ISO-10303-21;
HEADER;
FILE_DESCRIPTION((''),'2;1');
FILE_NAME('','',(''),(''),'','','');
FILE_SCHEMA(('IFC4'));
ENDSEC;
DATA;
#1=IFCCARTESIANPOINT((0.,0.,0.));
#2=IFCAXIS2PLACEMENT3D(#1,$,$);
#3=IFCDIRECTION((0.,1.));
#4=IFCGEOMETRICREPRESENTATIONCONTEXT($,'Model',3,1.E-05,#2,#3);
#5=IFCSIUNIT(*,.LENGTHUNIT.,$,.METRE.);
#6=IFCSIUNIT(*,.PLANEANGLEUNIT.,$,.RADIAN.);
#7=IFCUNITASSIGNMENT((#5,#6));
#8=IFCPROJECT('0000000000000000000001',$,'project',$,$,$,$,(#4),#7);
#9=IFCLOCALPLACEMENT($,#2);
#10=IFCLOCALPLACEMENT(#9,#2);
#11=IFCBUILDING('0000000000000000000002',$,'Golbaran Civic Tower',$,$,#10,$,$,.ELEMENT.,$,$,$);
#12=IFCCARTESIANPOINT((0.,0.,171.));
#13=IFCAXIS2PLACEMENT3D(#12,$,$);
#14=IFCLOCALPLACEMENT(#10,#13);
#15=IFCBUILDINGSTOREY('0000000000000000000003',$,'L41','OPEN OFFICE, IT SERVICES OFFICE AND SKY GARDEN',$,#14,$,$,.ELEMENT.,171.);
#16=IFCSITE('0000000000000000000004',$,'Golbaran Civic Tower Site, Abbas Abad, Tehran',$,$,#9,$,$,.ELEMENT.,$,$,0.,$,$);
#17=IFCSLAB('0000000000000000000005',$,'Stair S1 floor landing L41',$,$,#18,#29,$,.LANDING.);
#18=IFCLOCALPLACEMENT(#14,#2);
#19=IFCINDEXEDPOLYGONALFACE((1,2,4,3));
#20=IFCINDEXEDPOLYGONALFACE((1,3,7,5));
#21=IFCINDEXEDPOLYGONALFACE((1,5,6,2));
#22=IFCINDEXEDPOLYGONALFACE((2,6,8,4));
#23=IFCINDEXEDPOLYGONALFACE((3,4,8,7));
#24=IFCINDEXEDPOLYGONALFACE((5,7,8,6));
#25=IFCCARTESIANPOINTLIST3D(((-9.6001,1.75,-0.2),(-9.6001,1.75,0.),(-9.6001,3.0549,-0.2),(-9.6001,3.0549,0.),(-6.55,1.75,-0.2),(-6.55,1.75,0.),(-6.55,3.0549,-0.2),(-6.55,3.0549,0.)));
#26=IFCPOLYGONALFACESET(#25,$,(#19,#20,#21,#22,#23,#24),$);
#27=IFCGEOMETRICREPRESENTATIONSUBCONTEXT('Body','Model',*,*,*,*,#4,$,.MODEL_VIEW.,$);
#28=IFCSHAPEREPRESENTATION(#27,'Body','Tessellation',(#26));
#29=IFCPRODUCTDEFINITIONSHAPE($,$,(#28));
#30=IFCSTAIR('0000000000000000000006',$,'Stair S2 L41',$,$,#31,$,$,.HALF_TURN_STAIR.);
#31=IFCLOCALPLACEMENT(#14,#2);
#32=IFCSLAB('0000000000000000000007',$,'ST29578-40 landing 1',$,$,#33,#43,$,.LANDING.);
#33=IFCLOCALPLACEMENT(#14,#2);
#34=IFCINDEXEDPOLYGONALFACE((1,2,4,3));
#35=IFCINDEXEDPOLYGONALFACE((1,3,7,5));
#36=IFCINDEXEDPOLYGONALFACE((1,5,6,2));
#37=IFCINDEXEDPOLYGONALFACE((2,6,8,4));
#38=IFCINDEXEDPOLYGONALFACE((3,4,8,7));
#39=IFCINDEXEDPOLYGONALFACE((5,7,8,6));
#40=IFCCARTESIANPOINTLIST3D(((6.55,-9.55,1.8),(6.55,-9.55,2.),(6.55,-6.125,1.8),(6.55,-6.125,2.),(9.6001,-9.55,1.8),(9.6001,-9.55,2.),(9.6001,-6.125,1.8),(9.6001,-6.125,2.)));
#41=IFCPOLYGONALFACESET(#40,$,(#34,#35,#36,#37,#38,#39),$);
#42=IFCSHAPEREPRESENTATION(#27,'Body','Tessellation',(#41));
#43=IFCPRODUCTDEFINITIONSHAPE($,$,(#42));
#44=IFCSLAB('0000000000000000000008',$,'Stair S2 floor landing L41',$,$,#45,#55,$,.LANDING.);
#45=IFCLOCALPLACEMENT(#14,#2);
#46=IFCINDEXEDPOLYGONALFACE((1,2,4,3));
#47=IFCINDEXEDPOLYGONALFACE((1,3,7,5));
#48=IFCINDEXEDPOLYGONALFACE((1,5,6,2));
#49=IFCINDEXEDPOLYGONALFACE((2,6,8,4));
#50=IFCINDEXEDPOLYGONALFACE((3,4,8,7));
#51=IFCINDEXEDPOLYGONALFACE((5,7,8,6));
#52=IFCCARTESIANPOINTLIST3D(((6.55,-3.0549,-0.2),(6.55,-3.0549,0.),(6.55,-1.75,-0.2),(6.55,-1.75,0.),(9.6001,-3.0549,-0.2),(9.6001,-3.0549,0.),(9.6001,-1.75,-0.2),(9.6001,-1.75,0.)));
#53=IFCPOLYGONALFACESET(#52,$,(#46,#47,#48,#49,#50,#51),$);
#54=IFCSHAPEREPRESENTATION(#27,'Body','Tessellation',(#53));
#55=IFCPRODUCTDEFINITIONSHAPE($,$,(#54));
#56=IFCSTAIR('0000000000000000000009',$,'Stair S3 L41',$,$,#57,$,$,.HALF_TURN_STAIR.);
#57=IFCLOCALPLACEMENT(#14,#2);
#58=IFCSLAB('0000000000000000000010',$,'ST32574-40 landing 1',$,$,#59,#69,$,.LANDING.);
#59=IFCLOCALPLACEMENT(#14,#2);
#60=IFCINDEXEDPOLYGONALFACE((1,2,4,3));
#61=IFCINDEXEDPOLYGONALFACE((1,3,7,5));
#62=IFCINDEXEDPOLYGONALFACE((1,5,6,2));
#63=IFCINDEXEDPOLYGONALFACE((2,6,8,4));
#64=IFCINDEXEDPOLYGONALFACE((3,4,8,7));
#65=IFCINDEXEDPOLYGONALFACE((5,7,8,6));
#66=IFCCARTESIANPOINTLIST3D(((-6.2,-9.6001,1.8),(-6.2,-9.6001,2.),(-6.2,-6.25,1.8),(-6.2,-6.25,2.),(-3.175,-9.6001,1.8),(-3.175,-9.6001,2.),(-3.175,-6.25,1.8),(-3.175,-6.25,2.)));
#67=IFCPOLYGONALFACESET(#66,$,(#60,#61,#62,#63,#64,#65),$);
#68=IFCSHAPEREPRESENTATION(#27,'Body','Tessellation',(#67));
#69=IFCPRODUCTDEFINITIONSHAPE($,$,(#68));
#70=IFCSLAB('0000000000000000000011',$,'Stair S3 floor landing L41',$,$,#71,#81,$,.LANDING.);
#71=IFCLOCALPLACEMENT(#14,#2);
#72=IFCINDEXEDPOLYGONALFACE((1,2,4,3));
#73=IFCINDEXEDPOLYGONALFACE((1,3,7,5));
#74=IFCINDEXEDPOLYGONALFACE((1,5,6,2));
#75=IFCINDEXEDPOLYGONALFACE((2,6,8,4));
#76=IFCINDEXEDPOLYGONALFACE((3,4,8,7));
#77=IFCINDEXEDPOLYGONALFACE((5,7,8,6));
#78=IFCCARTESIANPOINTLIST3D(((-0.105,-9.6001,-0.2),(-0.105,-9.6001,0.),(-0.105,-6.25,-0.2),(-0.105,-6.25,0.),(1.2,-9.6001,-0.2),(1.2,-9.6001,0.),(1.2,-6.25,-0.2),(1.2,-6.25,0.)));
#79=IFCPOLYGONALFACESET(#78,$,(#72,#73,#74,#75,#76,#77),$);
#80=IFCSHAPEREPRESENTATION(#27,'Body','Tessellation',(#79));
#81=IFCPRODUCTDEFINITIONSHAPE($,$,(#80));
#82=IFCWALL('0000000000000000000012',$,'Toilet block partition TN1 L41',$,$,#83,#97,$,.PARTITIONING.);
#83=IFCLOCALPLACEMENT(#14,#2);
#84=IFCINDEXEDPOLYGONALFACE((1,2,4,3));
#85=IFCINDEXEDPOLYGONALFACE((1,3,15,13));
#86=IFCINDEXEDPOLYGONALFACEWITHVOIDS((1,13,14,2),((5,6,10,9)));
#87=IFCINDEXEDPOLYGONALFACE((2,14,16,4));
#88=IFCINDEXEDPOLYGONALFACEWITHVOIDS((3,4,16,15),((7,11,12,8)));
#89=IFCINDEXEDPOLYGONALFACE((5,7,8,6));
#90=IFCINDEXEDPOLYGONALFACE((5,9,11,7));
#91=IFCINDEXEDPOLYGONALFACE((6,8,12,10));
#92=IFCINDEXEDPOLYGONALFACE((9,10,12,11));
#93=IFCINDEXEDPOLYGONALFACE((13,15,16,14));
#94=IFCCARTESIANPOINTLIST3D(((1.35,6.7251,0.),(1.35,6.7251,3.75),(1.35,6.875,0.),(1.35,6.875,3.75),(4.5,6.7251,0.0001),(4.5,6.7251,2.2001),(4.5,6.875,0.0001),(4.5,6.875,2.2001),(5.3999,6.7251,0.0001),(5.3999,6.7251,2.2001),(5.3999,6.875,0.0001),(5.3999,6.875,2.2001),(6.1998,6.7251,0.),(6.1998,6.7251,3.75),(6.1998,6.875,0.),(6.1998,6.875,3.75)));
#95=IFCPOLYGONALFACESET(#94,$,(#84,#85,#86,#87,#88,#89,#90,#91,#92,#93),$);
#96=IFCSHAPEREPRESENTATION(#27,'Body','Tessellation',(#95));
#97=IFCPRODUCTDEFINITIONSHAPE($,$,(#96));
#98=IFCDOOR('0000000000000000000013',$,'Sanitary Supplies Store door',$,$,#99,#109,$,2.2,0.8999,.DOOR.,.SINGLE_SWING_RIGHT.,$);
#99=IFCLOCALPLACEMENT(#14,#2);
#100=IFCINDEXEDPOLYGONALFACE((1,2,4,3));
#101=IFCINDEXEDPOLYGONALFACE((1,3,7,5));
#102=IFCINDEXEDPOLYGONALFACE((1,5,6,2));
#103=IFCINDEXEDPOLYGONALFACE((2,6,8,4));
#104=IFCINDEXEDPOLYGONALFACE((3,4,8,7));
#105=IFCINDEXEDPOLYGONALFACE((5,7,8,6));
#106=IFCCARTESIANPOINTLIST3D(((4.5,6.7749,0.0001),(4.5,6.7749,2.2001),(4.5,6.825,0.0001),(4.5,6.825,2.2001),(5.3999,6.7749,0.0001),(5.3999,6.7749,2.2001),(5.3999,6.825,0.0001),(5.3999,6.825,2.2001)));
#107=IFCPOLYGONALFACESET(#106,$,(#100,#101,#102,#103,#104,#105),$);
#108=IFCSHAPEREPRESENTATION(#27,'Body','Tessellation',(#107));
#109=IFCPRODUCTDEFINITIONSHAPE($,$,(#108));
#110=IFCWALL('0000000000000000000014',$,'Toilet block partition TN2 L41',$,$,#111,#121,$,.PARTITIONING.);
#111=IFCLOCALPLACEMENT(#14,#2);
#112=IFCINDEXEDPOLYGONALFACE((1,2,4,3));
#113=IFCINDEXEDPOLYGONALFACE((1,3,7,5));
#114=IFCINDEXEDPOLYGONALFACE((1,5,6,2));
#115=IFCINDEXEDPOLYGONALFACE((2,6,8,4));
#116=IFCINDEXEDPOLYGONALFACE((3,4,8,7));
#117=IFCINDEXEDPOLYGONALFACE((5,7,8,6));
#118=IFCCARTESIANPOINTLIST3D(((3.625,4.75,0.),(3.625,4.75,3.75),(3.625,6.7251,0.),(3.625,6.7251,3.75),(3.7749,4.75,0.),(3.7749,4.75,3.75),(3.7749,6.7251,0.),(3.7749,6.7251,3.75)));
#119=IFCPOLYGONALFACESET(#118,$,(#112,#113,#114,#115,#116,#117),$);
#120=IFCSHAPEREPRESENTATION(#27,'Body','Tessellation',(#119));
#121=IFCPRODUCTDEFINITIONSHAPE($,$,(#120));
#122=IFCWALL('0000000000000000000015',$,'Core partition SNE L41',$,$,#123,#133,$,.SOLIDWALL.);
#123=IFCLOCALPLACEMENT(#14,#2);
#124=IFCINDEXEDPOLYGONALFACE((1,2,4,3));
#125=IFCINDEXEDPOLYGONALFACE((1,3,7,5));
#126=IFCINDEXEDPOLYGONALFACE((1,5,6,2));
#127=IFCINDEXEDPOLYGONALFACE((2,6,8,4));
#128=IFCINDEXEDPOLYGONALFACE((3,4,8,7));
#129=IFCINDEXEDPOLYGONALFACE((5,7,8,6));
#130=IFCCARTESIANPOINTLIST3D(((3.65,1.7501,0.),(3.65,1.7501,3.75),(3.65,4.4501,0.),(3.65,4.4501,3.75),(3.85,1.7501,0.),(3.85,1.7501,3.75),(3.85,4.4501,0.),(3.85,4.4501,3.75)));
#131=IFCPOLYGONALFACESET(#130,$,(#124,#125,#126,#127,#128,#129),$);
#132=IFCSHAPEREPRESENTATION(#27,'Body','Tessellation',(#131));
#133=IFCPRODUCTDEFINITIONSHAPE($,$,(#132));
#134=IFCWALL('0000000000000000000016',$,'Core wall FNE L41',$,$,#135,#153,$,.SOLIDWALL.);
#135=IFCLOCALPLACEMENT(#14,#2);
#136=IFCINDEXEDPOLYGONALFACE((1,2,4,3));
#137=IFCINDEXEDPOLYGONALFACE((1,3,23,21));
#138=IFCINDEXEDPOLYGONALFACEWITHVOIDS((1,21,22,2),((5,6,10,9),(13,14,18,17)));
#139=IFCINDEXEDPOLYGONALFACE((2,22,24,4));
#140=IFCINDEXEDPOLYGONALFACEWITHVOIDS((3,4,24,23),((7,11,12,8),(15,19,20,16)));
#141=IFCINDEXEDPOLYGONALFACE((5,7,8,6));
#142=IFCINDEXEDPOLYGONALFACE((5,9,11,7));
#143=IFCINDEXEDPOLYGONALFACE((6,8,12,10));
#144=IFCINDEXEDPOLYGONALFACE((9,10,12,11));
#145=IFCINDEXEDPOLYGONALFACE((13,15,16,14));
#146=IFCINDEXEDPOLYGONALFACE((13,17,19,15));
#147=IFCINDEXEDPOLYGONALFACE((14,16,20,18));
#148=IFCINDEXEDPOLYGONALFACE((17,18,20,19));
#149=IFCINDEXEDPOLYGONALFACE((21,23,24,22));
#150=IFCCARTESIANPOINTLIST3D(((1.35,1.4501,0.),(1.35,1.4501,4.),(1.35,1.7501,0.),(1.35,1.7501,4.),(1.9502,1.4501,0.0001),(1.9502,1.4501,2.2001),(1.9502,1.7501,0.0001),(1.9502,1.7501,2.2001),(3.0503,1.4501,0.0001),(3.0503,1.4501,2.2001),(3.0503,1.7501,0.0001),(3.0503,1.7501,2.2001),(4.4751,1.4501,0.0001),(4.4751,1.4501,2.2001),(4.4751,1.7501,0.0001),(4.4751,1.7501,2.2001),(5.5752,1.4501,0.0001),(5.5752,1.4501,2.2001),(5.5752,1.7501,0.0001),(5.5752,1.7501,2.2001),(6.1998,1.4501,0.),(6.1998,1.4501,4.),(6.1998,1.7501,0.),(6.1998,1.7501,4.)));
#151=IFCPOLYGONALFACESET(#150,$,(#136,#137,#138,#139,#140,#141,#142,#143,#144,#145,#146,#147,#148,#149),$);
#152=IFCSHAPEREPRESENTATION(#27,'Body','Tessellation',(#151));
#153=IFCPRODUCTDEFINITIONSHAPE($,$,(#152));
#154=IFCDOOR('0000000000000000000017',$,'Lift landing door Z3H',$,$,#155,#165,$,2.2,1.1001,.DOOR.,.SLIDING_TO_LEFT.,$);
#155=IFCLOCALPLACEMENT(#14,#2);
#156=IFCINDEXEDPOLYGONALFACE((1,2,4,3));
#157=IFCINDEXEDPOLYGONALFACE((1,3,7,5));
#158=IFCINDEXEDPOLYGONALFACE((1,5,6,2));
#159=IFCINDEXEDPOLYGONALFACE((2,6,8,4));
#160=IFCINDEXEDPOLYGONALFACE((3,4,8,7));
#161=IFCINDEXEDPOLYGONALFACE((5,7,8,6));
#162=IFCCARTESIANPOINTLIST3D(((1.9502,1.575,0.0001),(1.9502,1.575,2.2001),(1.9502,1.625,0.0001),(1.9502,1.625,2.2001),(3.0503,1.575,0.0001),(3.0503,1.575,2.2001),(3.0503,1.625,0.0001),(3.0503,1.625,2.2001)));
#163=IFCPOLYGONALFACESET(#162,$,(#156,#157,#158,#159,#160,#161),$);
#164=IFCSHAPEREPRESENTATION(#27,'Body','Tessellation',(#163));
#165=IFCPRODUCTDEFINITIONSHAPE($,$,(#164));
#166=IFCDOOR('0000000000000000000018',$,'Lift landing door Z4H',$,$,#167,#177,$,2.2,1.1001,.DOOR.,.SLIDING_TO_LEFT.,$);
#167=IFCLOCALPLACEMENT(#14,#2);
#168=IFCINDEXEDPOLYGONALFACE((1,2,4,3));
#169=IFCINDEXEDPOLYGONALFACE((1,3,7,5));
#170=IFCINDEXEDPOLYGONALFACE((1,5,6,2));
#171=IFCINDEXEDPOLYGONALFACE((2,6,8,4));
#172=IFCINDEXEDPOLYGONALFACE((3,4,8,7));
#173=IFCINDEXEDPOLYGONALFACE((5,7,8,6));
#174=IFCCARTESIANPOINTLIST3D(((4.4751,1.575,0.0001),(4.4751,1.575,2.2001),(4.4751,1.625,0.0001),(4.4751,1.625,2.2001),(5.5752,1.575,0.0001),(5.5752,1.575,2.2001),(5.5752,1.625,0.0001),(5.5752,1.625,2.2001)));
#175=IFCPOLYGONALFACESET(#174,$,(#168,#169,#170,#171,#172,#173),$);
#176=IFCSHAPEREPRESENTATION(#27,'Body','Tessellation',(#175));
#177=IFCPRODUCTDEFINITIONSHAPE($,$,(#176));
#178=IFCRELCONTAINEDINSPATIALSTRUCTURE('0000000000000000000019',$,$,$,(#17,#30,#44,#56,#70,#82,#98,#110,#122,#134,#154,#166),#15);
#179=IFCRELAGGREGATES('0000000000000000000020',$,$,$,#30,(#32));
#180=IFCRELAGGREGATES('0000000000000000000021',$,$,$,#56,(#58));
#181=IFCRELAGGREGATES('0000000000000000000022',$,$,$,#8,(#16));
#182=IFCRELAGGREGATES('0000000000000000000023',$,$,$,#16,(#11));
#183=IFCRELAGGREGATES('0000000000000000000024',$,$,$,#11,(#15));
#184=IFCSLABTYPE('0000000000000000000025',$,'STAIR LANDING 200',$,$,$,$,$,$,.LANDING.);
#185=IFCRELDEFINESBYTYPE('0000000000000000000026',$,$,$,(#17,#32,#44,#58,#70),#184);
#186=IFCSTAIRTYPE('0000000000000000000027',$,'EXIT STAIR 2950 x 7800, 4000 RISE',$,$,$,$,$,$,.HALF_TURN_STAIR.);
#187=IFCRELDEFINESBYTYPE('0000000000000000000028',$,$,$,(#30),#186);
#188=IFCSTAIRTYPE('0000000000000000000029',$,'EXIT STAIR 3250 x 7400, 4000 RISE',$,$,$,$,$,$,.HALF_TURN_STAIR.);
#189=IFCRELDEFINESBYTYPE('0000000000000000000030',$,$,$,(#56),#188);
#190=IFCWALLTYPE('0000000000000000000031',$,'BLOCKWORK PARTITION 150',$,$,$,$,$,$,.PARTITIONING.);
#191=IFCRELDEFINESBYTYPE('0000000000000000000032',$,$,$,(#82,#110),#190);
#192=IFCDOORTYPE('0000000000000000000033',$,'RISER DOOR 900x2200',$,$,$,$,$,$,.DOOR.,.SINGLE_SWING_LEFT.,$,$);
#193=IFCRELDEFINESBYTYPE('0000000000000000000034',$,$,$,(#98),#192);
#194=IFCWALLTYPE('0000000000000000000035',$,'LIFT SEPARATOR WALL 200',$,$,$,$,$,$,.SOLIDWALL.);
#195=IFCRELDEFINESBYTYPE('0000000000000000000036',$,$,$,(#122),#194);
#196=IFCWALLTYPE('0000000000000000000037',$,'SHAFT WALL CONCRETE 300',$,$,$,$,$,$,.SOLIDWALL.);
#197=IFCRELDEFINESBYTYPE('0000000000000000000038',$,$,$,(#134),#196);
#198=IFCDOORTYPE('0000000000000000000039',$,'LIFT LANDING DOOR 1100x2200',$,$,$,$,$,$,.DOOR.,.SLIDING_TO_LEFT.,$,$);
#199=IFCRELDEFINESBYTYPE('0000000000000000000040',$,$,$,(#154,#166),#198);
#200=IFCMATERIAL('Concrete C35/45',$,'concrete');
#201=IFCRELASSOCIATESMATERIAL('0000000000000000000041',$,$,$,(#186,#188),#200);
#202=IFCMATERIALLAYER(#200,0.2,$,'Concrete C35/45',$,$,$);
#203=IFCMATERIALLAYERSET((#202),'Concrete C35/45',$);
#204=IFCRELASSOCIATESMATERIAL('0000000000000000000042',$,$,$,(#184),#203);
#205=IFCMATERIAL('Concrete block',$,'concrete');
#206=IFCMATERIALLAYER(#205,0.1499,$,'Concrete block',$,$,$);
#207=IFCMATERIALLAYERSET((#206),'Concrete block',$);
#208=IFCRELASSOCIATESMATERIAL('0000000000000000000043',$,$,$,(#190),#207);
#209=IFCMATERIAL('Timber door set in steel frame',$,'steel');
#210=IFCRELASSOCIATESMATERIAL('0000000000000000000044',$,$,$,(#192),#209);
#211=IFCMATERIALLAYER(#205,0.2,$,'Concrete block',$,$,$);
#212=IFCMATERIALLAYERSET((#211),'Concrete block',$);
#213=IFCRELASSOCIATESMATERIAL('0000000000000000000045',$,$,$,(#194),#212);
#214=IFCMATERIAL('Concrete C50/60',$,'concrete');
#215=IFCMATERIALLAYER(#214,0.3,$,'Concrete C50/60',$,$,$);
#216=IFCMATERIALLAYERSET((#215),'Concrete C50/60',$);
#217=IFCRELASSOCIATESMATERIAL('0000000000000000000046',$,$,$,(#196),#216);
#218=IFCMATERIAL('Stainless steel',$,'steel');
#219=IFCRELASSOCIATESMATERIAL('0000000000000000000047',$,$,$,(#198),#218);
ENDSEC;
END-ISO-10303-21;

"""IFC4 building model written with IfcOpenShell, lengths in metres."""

from ifc_helpers import new_model, si_unit, direction, frame, frame_2d, origin, place, context, subcontext, project, spatial, polyline, rectangle, outline, extrude, material, layer, layer_set, type_object, element, fill, aggregate, save


model = new_model("IFC4")

# Units and contexts
model_context = context("Model", 3, precision=1e-05, world=origin(), true_north=direction((0.0, 1.0)))
body_context = subcontext(model_context, "Body", "Model", "MODEL_VIEW")
ifc_project = project(units=[si_unit("LENGTHUNIT", "METRE"), si_unit("PLANEANGLEUNIT", "RADIAN")], contexts=[model_context])

# Site, building, storey
site_placement = place(None, origin())
site = spatial("IfcSite", under=ifc_project, at=site_placement, Name="Golbaran Civic Tower Site, Abbas Abad, Tehran", CompositionType="ELEMENT", RefElevation=0.0)
building_placement = place(site_placement, origin())
building = spatial("IfcBuilding", under=site, at=building_placement, Name="Golbaran Civic Tower", CompositionType="ELEMENT")
storey_placement = place(building_placement, frame((0.0, 0.0, 171.0)))
storey = spatial("IfcBuildingStorey", under=building, at=storey_placement, Name="L41", Description="OPEN OFFICE, IT SERVICES OFFICE AND SKY GARDEN", CompositionType="ELEMENT", Elevation=171.0)

# Shared definitions
ifc_material_1 = material(Name="Concrete C35/45", Category="concrete")

# Shared definitions
stair_type_1 = type_object("IfcStairType", Name="EXIT STAIR 2950 x 7800, 4000 RISE", PredefinedType="HALF_TURN_STAIR", material=ifc_material_1)
ifc_layer_1 = layer(ifc_material_1, 0.2, Name="Concrete C35/45")
ifc_layer_set_1 = layer_set([ifc_layer_1], Name="Concrete C35/45")
slab_type_1 = type_object("IfcSlabType", Name="STAIR LANDING 200", PredefinedType="LANDING", material=ifc_layer_set_1)

# Slab
slab_1_placement = place(storey_placement, frame((0.0, 0.0, -0.2)))
element("IfcSlab", 1, at=slab_1_placement, inside=storey, type_object=slab_type_1, Name="Stair S1 floor landing L41", PredefinedType="LANDING", context=body_context, shape_type="SweptSolid", body=[
    extrude(outline(polyline([(-9.6001, 1.75), (-9.6001, 3.0549), (-6.55, 3.0549), (-6.55, 1.75), (-9.6001, 1.75)])), origin(), (0.0, 0.0, 1.0), 0.2),
])

# Stair, slab
stair_1_placement = place(storey_placement, origin())
stair_1 = element("IfcStair", 2, at=stair_1_placement, inside=storey, type_object=stair_type_1, Name="Stair S2 L41", PredefinedType="HALF_TURN_STAIR")
slab_2_placement = place(storey_placement, frame((0.0, 0.0, 1.8)))
slab_2 = element("IfcSlab", 3, at=slab_2_placement, type_object=slab_type_1, Name="ST29578-40 landing 1", PredefinedType="LANDING", context=body_context, shape_type="SweptSolid", body=[
    extrude(outline(polyline([(9.6001, -6.125), (9.6001, -9.55), (6.55, -9.55), (6.55, -6.125), (9.6001, -6.125)])), origin(), (0.0, 0.0, 1.0), 0.2),
])
aggregate(stair_1, [slab_2])

# Slab
slab_3_placement = place(storey_placement, frame((0.0, 0.0, -0.2)))
element("IfcSlab", 4, at=slab_3_placement, inside=storey, type_object=slab_type_1, Name="Stair S2 floor landing L41", PredefinedType="LANDING", context=body_context, shape_type="SweptSolid", body=[
    extrude(outline(polyline([(9.6001, -1.75), (9.6001, -3.0549), (6.55, -3.0549), (6.55, -1.75), (9.6001, -1.75)])), origin(), (0.0, 0.0, 1.0), 0.2),
])

# Stair, slab
stair_type_2 = type_object("IfcStairType", Name="EXIT STAIR 3250 x 7400, 4000 RISE", PredefinedType="HALF_TURN_STAIR", material=ifc_material_1)
stair_2_placement = place(storey_placement, origin())
stair_2 = element("IfcStair", 5, at=stair_2_placement, inside=storey, type_object=stair_type_2, Name="Stair S3 L41", PredefinedType="HALF_TURN_STAIR")
slab_4_placement = place(storey_placement, frame((0.0, 0.0, 1.8)))
slab_4 = element("IfcSlab", 6, at=slab_4_placement, type_object=slab_type_1, Name="ST32574-40 landing 1", PredefinedType="LANDING", context=body_context, shape_type="SweptSolid", body=[
    extrude(outline(polyline([(-3.175, -9.6001), (-6.2, -9.6001), (-6.2, -6.25), (-3.175, -6.25), (-3.175, -9.6001)])), origin(), (0.0, 0.0, 1.0), 0.2),
])
aggregate(stair_2, [slab_4])

# Slab
slab_5_placement = place(storey_placement, frame((0.0, 0.0, -0.2)))
element("IfcSlab", 7, at=slab_5_placement, inside=storey, type_object=slab_type_1, Name="Stair S3 floor landing L41", PredefinedType="LANDING", context=body_context, shape_type="SweptSolid", body=[
    extrude(outline(polyline([(1.2, -9.6001), (-0.105, -9.6001), (-0.105, -6.25), (1.2, -6.25), (1.2, -9.6001)])), origin(), (0.0, 0.0, 1.0), 0.2),
])

# Wall, opening, door
ifc_material_2 = material(Name="Concrete block", Category="concrete")
ifc_layer_2 = layer(ifc_material_2, 0.1499, Name="Concrete block")
ifc_layer_set_2 = layer_set([ifc_layer_2], Name="Concrete block")
wall_type_1 = type_object("IfcWallType", Name="BLOCKWORK PARTITION 150", PredefinedType="PARTITIONING", material=ifc_layer_set_2)
wall_1_placement = place(storey_placement, frame((1.3501, 6.8, 0.0), z_axis=(0.0, 0.0, 1.0), x_axis=(1.0, 0.0, 0.0)))
wall_1 = element("IfcWall", 8, at=wall_1_placement, inside=storey, type_object=wall_type_1, Name="Toilet block partition TN1 L41", PredefinedType="PARTITIONING", context=body_context, shape_type="SweptSolid", body=[
    extrude(rectangle(XDim=4.8499, YDim=0.1499, at=frame_2d((2.4248, 0.0))), origin(), (0.0, 0.0, 1.0), 3.75),
])
opening_1_placement = place(wall_1_placement, frame((3.1499, 0.0, 0.0)))
opening_1 = element("IfcOpeningElement", 9, at=opening_1_placement, cuts=wall_1, PredefinedType="OPENING", context=body_context, shape_type="SweptSolid", body=[
    extrude(rectangle(XDim=0.8999, YDim=2.2, at=frame_2d((0.45, 1.1001))), frame((0.0, 0.085, 0.0), z_axis=(0.0, -1.0, 0.0), x_axis=(1.0, 0.0, 0.0)), (0.0, 0.0, 1.0), 0.1699),
])
ifc_material_3 = material(Name="Timber door set in steel frame", Category="steel")
door_type_1 = type_object("IfcDoorType", Name="RISER DOOR 900x2200", OperationType="SINGLE_SWING_LEFT", PredefinedType="DOOR", material=ifc_material_3)
door_1_placement = place(opening_1_placement, origin())
door_1 = element("IfcDoor", 10, at=door_1_placement, inside=storey, type_object=door_type_1, Name="Sanitary Supplies Store door", OperationType="SINGLE_SWING_RIGHT", OverallHeight=2.2, OverallWidth=0.8999, PredefinedType="DOOR", context=body_context, shape_type="SweptSolid", body=[
    extrude(rectangle(XDim=0.8999, YDim=2.2, at=frame_2d((0.45, 1.1001))), frame((0.0, 0.0249, 0.0), z_axis=(0.0, -1.0, 0.0), x_axis=(1.0, 0.0, 0.0)), (0.0, 0.0, 1.0), 0.05),
])
fill(opening_1, door_1)

# Walls
wall_2_placement = place(storey_placement, frame((3.7, 4.75, 0.0), z_axis=(0.0, 0.0, 1.0), x_axis=(0.0, 1.0, 0.0)))
element("IfcWall", 11, at=wall_2_placement, inside=storey, type_object=wall_type_1, Name="Toilet block partition TN2 L41", PredefinedType="PARTITIONING", context=body_context, shape_type="SweptSolid", body=[
    extrude(rectangle(XDim=1.9751, YDim=0.1499, at=frame_2d((0.9875, 0.0))), origin(), (0.0, 0.0, 1.0), 3.75),
])
ifc_layer_3 = layer(ifc_material_2, 0.2, Name="Concrete block")
ifc_layer_set_3 = layer_set([ifc_layer_3], Name="Concrete block")
wall_type_2 = type_object("IfcWallType", Name="LIFT SEPARATOR WALL 200", PredefinedType="SOLIDWALL", material=ifc_layer_set_3)
wall_3_placement = place(storey_placement, frame((3.75, 1.75, 0.0), z_axis=(0.0, 0.0, 1.0), x_axis=(0.0, 1.0, 0.0)))
element("IfcWall", 12, at=wall_3_placement, inside=storey, type_object=wall_type_2, Name="Core partition SNE L41", PredefinedType="SOLIDWALL", context=body_context, shape_type="SweptSolid", body=[
    extrude(rectangle(XDim=2.7, YDim=0.2, at=frame_2d((1.3501, 0.0))), origin(), (0.0, 0.0, 1.0), 3.75),
])

# Wall, openings, doors
ifc_material_4 = material(Name="Concrete C50/60", Category="concrete")
ifc_layer_4 = layer(ifc_material_4, 0.3, Name="Concrete C50/60")
ifc_layer_set_4 = layer_set([ifc_layer_4], Name="Concrete C50/60")
wall_type_3 = type_object("IfcWallType", Name="SHAFT WALL CONCRETE 300", PredefinedType="SOLIDWALL", material=ifc_layer_set_4)
wall_4_placement = place(storey_placement, frame((1.3501, 1.6001, 0.0), z_axis=(0.0, 0.0, 1.0), x_axis=(1.0, 0.0, 0.0)))
wall_4 = element("IfcWall", 13, at=wall_4_placement, inside=storey, type_object=wall_type_3, Name="Core wall FNE L41", PredefinedType="SOLIDWALL", context=body_context, shape_type="SweptSolid", body=[
    extrude(rectangle(XDim=4.8499, YDim=0.3, at=frame_2d((2.4248, 0.0))), origin(), (0.0, 0.0, 1.0), 4.0),
])
opening_2_placement = place(wall_4_placement, frame((0.6001, 0.0, 0.0)))
opening_2 = element("IfcOpeningElement", 14, at=opening_2_placement, cuts=wall_4, PredefinedType="OPENING", context=body_context, shape_type="SweptSolid", body=[
    extrude(rectangle(XDim=1.1001, YDim=2.2, at=frame_2d((0.55, 1.1001))), frame((0.0, 0.1599, 0.0), z_axis=(0.0, -1.0, 0.0), x_axis=(1.0, 0.0, 0.0)), (0.0, 0.0, 1.0), 0.3201),
])
opening_3_placement = place(wall_4_placement, frame((3.125, 0.0, 0.0)))
opening_3 = element("IfcOpeningElement", 15, at=opening_3_placement, cuts=wall_4, PredefinedType="OPENING", context=body_context, shape_type="SweptSolid", body=[
    extrude(rectangle(XDim=1.1001, YDim=2.2, at=frame_2d((0.55, 1.1001))), frame((0.0, 0.1599, 0.0), z_axis=(0.0, -1.0, 0.0), x_axis=(1.0, 0.0, 0.0)), (0.0, 0.0, 1.0), 0.3201),
])
ifc_material_5 = material(Name="Stainless steel", Category="steel")
door_type_2 = type_object("IfcDoorType", Name="LIFT LANDING DOOR 1100x2200", OperationType="SLIDING_TO_LEFT", PredefinedType="DOOR", material=ifc_material_5)
door_2_placement = place(opening_2_placement, origin())
door_2 = element("IfcDoor", 16, at=door_2_placement, inside=storey, type_object=door_type_2, Name="Lift landing door Z3H", OperationType="SLIDING_TO_LEFT", OverallHeight=2.2, OverallWidth=1.1001, PredefinedType="DOOR", context=body_context, shape_type="SweptSolid", body=[
    extrude(rectangle(XDim=1.1001, YDim=2.2, at=frame_2d((0.55, 1.1001))), frame((0.0, 0.0249, 0.0), z_axis=(0.0, -1.0, 0.0), x_axis=(1.0, 0.0, 0.0)), (0.0, 0.0, 1.0), 0.05),
])
fill(opening_2, door_2)
door_3_placement = place(opening_3_placement, origin())
door_3 = element("IfcDoor", 17, at=door_3_placement, inside=storey, type_object=door_type_2, Name="Lift landing door Z4H", OperationType="SLIDING_TO_LEFT", OverallHeight=2.2, OverallWidth=1.1001, PredefinedType="DOOR", context=body_context, shape_type="SweptSolid", body=[
    extrude(rectangle(XDim=1.1001, YDim=2.2, at=frame_2d((0.55, 1.1001))), frame((0.0, 0.0249, 0.0), z_axis=(0.0, -1.0, 0.0), x_axis=(1.0, 0.0, 0.0)), (0.0, 0.0, 1.0), 0.05),
])
fill(opening_3, door_3)

save(model, "model.ifc")
